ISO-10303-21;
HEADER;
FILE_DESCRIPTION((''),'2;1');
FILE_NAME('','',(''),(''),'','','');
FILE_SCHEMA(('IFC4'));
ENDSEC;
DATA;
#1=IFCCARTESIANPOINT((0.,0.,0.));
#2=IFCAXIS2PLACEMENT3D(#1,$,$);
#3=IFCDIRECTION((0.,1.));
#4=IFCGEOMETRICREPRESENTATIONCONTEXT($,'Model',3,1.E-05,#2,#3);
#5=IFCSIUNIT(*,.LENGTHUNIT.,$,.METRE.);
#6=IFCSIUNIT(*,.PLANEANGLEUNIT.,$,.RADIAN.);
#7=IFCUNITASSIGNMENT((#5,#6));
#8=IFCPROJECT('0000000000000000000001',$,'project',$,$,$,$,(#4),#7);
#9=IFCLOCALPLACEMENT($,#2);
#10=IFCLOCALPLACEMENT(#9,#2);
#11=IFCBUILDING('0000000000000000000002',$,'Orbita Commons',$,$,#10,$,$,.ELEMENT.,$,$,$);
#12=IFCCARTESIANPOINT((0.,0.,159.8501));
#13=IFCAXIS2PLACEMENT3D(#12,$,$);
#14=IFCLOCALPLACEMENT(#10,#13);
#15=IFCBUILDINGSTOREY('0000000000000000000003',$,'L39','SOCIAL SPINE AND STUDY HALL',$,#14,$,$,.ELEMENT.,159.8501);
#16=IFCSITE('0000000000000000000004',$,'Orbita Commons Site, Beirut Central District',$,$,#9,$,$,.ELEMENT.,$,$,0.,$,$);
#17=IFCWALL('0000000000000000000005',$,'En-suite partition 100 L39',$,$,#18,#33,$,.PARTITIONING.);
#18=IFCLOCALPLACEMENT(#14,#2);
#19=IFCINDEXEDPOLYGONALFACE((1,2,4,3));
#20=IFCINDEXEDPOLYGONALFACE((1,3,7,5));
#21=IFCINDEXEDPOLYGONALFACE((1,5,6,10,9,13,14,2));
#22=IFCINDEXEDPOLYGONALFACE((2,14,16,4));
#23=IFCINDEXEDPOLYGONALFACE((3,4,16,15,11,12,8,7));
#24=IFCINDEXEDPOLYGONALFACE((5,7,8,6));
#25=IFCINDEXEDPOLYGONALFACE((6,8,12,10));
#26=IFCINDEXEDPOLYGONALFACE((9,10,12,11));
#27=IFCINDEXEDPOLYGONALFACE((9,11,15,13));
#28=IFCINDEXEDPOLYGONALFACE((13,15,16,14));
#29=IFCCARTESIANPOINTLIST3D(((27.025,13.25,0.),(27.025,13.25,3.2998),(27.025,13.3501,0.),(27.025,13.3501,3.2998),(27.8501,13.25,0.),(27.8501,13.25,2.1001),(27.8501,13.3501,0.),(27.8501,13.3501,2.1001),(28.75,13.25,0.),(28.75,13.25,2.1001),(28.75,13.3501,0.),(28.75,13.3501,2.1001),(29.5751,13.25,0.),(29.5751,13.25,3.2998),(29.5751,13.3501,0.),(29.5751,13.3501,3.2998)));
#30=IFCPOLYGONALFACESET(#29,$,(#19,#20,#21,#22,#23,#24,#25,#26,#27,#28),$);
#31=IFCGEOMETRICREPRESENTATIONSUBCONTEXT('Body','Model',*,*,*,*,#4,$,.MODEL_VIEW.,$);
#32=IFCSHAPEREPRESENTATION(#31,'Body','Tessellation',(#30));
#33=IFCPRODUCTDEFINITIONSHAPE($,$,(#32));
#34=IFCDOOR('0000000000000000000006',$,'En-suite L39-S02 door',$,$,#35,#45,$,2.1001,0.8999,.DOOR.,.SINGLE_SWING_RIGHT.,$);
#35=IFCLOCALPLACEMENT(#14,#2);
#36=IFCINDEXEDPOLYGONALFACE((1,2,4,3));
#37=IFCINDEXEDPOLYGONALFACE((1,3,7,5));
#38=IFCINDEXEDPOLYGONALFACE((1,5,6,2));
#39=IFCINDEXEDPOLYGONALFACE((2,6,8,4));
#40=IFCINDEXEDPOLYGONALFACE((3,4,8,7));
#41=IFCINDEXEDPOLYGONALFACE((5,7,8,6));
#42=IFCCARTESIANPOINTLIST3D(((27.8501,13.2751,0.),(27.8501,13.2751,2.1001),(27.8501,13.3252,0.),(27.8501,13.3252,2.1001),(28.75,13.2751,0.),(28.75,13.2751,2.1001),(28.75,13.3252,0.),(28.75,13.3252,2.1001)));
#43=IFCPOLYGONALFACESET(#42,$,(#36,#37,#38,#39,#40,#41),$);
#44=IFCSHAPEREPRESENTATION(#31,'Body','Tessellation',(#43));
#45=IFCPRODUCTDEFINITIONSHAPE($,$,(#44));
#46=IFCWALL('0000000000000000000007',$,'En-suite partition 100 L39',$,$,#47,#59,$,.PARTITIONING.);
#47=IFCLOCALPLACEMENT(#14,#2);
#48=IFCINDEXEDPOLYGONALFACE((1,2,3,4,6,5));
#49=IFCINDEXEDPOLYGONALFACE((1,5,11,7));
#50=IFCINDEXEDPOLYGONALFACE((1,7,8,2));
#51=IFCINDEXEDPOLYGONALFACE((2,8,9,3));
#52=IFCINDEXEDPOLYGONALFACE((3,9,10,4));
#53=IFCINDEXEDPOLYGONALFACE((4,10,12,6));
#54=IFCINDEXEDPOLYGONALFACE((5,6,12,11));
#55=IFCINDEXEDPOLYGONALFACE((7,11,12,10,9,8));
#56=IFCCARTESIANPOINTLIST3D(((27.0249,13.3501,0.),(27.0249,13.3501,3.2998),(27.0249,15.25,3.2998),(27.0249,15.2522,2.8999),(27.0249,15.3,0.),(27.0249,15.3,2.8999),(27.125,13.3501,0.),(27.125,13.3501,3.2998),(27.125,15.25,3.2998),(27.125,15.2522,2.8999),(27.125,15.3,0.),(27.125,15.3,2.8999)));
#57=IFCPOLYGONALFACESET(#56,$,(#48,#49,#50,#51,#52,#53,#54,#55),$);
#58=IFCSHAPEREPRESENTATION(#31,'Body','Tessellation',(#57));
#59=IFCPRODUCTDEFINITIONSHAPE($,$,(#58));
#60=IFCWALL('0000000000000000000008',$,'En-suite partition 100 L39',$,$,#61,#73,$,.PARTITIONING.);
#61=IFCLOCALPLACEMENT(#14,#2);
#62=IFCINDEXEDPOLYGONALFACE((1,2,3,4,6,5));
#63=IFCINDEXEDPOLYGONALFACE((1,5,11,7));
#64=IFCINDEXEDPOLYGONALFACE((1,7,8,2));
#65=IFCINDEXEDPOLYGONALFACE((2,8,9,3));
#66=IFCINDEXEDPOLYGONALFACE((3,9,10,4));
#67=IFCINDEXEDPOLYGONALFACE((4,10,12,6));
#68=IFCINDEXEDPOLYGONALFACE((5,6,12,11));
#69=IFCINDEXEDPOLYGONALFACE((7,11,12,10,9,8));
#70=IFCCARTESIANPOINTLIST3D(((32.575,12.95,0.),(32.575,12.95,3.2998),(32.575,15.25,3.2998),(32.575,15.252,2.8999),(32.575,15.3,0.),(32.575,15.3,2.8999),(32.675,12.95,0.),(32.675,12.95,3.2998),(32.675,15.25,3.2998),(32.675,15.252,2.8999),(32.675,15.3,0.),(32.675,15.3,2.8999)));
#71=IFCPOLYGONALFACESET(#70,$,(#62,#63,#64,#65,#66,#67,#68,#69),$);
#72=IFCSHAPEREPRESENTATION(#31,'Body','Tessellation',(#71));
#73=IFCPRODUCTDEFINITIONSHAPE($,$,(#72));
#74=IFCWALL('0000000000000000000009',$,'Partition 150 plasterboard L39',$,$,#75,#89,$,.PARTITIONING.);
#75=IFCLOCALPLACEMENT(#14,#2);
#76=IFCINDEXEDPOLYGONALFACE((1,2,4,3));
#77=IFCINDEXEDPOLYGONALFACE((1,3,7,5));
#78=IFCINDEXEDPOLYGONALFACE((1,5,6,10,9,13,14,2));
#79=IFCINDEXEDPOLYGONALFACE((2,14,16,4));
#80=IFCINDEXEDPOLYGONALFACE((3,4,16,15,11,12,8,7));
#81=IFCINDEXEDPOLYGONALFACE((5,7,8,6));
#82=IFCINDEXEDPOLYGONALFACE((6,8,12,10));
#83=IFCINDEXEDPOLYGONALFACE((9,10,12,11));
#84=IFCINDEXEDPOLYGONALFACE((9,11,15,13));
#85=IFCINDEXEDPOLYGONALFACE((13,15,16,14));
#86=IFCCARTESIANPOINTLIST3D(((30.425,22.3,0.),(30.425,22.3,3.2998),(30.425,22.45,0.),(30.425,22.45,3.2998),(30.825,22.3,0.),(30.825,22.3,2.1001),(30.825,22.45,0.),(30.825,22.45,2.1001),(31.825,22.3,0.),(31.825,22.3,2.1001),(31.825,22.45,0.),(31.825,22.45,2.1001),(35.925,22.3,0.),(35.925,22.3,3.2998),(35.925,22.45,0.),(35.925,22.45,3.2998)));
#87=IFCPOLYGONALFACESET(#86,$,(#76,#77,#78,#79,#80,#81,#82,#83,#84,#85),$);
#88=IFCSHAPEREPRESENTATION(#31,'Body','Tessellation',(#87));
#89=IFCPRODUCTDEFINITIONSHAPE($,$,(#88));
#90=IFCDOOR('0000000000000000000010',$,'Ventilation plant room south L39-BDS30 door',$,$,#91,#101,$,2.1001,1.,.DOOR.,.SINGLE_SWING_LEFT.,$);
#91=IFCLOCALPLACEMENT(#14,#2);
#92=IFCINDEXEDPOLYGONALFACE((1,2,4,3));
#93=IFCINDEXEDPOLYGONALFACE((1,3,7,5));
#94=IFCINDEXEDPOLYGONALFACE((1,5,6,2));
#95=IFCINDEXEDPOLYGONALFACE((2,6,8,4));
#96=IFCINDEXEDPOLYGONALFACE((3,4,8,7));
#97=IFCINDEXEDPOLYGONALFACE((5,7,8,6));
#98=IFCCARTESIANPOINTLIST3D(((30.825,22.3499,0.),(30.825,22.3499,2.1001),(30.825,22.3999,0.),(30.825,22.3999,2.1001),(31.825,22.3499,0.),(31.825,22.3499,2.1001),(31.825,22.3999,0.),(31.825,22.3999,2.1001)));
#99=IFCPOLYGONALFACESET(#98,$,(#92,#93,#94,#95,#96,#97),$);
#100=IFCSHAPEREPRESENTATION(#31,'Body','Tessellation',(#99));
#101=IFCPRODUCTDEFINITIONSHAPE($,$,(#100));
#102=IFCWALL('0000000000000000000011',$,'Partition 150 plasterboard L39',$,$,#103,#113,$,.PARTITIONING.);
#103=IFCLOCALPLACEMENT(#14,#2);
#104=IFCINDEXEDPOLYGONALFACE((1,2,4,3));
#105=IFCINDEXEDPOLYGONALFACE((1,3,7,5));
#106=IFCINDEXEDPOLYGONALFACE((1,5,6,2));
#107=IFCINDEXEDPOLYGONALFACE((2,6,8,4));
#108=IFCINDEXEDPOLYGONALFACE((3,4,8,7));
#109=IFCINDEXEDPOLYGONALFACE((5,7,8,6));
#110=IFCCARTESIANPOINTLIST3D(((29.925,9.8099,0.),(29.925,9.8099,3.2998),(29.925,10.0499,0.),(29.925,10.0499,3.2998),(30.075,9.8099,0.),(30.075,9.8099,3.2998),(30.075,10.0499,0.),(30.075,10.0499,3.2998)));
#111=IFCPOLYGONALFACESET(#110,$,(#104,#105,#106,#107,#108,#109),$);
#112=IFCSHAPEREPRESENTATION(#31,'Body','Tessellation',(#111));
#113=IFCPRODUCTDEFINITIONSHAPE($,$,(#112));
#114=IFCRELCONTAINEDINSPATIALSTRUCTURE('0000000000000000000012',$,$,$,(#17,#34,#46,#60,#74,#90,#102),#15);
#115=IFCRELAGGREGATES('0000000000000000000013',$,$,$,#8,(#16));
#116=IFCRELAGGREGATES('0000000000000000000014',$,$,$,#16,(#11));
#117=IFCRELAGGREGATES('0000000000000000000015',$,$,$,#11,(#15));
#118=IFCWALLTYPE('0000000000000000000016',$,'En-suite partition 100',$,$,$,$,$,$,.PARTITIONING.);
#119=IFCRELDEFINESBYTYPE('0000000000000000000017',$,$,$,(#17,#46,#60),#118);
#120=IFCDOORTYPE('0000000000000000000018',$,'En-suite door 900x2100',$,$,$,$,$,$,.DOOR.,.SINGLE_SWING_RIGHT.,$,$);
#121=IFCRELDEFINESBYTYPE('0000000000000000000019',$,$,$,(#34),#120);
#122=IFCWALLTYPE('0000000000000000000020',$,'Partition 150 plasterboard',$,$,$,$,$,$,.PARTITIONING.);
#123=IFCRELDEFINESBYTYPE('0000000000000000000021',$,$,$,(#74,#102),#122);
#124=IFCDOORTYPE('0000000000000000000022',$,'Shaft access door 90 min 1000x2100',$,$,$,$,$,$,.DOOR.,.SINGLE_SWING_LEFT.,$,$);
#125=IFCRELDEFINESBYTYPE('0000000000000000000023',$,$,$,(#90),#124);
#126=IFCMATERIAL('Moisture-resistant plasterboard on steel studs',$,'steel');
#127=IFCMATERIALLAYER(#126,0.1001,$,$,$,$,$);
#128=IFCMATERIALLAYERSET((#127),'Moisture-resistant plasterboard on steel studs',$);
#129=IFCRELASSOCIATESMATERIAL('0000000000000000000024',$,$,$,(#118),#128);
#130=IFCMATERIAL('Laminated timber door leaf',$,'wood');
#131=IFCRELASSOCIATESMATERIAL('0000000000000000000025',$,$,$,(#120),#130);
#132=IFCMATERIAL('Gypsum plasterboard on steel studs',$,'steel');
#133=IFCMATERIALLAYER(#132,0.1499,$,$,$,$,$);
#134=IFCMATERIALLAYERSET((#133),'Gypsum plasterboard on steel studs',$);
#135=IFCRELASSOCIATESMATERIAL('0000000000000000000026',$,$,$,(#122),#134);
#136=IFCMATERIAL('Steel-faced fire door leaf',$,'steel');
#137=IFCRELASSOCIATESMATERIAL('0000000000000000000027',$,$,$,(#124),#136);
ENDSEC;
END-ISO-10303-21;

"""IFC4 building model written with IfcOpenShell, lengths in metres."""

from ifc_helpers import new_model, si_unit, direction, frame, frame_2d, origin, place, context, subcontext, project, spatial, polyline, rectangle, outline, extrude, material, layer, layer_set, type_object, element, fill, save


model = new_model("IFC4")

# Units and contexts
model_context = context("Model", 3, precision=1e-05, world=origin(), true_north=direction((0.0, 1.0)))
body_context = subcontext(model_context, "Body", "Model", "MODEL_VIEW")
ifc_project = project(units=[si_unit("LENGTHUNIT", "METRE"), si_unit("PLANEANGLEUNIT", "RADIAN")], contexts=[model_context])

# Site, building, storey
site_placement = place(None, origin())
site = spatial("IfcSite", under=ifc_project, at=site_placement, Name="Orbita Commons Site, Beirut Central District", CompositionType="ELEMENT", RefElevation=0.0)
building_placement = place(site_placement, origin())
building = spatial("IfcBuilding", under=site, at=building_placement, Name="Orbita Commons", CompositionType="ELEMENT")
storey_placement = place(building_placement, frame((0.0, 0.0, 159.8501)))
storey = spatial("IfcBuildingStorey", under=building, at=storey_placement, Name="L39", Description="SOCIAL SPINE AND STUDY HALL", CompositionType="ELEMENT", Elevation=159.8501)

# Wall, opening, door
ifc_material_1 = material(Name="Moisture-resistant plasterboard on steel studs", Category="steel")
ifc_layer_1 = layer(ifc_material_1, 0.1001)
ifc_layer_set_1 = layer_set([ifc_layer_1], Name="Moisture-resistant plasterboard on steel studs")
wall_type_1 = type_object("IfcWallType", Name="En-suite partition 100", PredefinedType="PARTITIONING", material=ifc_layer_set_1)
wall_1_placement = place(storey_placement, frame((29.575, 13.3, 0.0), z_axis=(0.0, 0.0, 1.0), x_axis=(-1.0, 0.0, 0.0)))
wall_1 = element("IfcWall", 1, at=wall_1_placement, inside=storey, type_object=wall_type_1, Name="En-suite partition 100 L39", PredefinedType="PARTITIONING", context=body_context, shape_type="SweptSolid", body=[
    extrude(rectangle(XDim=2.55, YDim=0.1001, at=frame_2d((1.2749, 0.0))), origin(), (0.0, 0.0, 1.0), 3.2998),
])
opening_1_placement = place(wall_1_placement, frame((0.825, 0.0, 0.0)))
opening_1 = element("IfcOpeningElement", 2, at=opening_1_placement, cuts=wall_1, PredefinedType="OPENING", context=body_context, shape_type="SweptSolid", body=[
    extrude(rectangle(XDim=0.8999, YDim=2.1001, at=frame_2d((0.45, 1.05))), frame((0.0, 0.0601, 0.0), z_axis=(0.0, -1.0, 0.0), x_axis=(1.0, 0.0, 0.0)), (0.0, 0.0, 1.0), 0.1201),
])
ifc_material_2 = material(Name="Laminated timber door leaf", Category="wood")
door_type_1 = type_object("IfcDoorType", Name="En-suite door 900x2100", OperationType="SINGLE_SWING_RIGHT", PredefinedType="DOOR", material=ifc_material_2)
door_1_placement = place(opening_1_placement, origin())
door_1 = element("IfcDoor", 3, at=door_1_placement, inside=storey, type_object=door_type_1, Name="En-suite L39-S02 door", OperationType="SINGLE_SWING_RIGHT", OverallHeight=2.1001, OverallWidth=0.8999, PredefinedType="DOOR", context=body_context, shape_type="SweptSolid", body=[
    extrude(rectangle(XDim=0.8999, YDim=2.1001, at=frame_2d((0.45, 1.05))), frame((0.0, 0.0249, 0.0), z_axis=(0.0, -1.0, 0.0), x_axis=(1.0, 0.0, 0.0)), (0.0, 0.0, 1.0), 0.05),
])
fill(opening_1, door_1)

# Walls
wall_2_placement = place(storey_placement, frame((27.075, 13.3501, 0.0), z_axis=(0.0, 0.0, 1.0), x_axis=(0.0, 1.0, 0.0)))
element("IfcWall", 4, at=wall_2_placement, inside=storey, type_object=wall_type_1, Name="En-suite partition 100 L39", PredefinedType="PARTITIONING", context=body_context, shape_type="SweptSolid", body=[
    extrude(outline(polyline([(0.0, 0.0), (1.95, 0.0), (1.95, 2.8999), (1.9021, 2.8999), (1.8999, 3.2998), (0.0, 3.2998), (0.0, 0.0)])), frame((0.0, 0.05, 0.0), z_axis=(0.0, -1.0, 0.0), x_axis=(1.0, 0.0, 0.0)), (0.0, 0.0, 1.0), 0.1001),
])
wall_3_placement = place(storey_placement, frame((32.625, 12.95, 0.0), z_axis=(0.0, 0.0, 1.0), x_axis=(0.0, 1.0, 0.0)))
element("IfcWall", 5, at=wall_3_placement, inside=storey, type_object=wall_type_1, Name="En-suite partition 100 L39", PredefinedType="PARTITIONING", context=body_context, shape_type="SweptSolid", body=[
    extrude(outline(polyline([(0.0, 0.0), (2.3501, 0.0), (2.3501, 2.8999), (2.302, 2.8999), (2.3, 3.2998), (0.0, 3.2998), (0.0, 0.0)])), frame((0.0, 0.05, 0.0), z_axis=(0.0, -1.0, 0.0), x_axis=(1.0, 0.0, 0.0)), (0.0, 0.0, 1.0), 0.1001),
])

# Wall, opening, door
ifc_material_3 = material(Name="Gypsum plasterboard on steel studs", Category="steel")
ifc_layer_2 = layer(ifc_material_3, 0.1499)
ifc_layer_set_2 = layer_set([ifc_layer_2], Name="Gypsum plasterboard on steel studs")
wall_type_2 = type_object("IfcWallType", Name="Partition 150 plasterboard", PredefinedType="PARTITIONING", material=ifc_layer_set_2)
wall_4_placement = place(storey_placement, frame((30.425, 22.375, 0.0), z_axis=(0.0, 0.0, 1.0), x_axis=(1.0, 0.0, 0.0)))
wall_4 = element("IfcWall", 6, at=wall_4_placement, inside=storey, type_object=wall_type_2, Name="Partition 150 plasterboard L39", PredefinedType="PARTITIONING", context=body_context, shape_type="SweptSolid", body=[
    extrude(rectangle(XDim=5.5, YDim=0.1499, at=frame_2d((2.75, 0.0))), origin(), (0.0, 0.0, 1.0), 3.2998),
])
opening_2_placement = place(wall_4_placement, frame((0.3999, 0.0, 0.0)))
opening_2 = element("IfcOpeningElement", 7, at=opening_2_placement, cuts=wall_4, PredefinedType="OPENING", context=body_context, shape_type="SweptSolid", body=[
    extrude(rectangle(XDim=1.0, YDim=2.1001, at=frame_2d((0.5, 1.05))), frame((0.0, 0.085, 0.0), z_axis=(0.0, -1.0, 0.0), x_axis=(1.0, 0.0, 0.0)), (0.0, 0.0, 1.0), 0.1699),
])
ifc_material_4 = material(Name="Steel-faced fire door leaf", Category="steel")
door_type_2 = type_object("IfcDoorType", Name="Shaft access door 90 min 1000x2100", OperationType="SINGLE_SWING_LEFT", PredefinedType="DOOR", material=ifc_material_4)
door_2_placement = place(opening_2_placement, origin())
door_2 = element("IfcDoor", 8, at=door_2_placement, inside=storey, type_object=door_type_2, Name="Ventilation plant room south L39-BDS30 door", OperationType="SINGLE_SWING_LEFT", OverallHeight=2.1001, OverallWidth=1.0, PredefinedType="DOOR", context=body_context, shape_type="SweptSolid", body=[
    extrude(rectangle(XDim=1.0, YDim=2.1001, at=frame_2d((0.5, 1.05))), frame((0.0, 0.0249, 0.0), z_axis=(0.0, -1.0, 0.0), x_axis=(1.0, 0.0, 0.0)), (0.0, 0.0, 1.0), 0.05),
])
fill(opening_2, door_2)

# Wall
wall_5_placement = place(storey_placement, frame((30.0, 10.05, 0.0), z_axis=(0.0, 0.0, 1.0), x_axis=(0.0, -1.0, 0.0)))
element("IfcWall", 9, at=wall_5_placement, inside=storey, type_object=wall_type_2, Name="Partition 150 plasterboard L39", PredefinedType="PARTITIONING", context=body_context, shape_type="SweptSolid", body=[
    extrude(rectangle(XDim=0.24, YDim=0.1499, at=frame_2d((0.1201, 0.0))), origin(), (0.0, 0.0, 1.0), 3.2998),
])

save(model, "model.ifc")
